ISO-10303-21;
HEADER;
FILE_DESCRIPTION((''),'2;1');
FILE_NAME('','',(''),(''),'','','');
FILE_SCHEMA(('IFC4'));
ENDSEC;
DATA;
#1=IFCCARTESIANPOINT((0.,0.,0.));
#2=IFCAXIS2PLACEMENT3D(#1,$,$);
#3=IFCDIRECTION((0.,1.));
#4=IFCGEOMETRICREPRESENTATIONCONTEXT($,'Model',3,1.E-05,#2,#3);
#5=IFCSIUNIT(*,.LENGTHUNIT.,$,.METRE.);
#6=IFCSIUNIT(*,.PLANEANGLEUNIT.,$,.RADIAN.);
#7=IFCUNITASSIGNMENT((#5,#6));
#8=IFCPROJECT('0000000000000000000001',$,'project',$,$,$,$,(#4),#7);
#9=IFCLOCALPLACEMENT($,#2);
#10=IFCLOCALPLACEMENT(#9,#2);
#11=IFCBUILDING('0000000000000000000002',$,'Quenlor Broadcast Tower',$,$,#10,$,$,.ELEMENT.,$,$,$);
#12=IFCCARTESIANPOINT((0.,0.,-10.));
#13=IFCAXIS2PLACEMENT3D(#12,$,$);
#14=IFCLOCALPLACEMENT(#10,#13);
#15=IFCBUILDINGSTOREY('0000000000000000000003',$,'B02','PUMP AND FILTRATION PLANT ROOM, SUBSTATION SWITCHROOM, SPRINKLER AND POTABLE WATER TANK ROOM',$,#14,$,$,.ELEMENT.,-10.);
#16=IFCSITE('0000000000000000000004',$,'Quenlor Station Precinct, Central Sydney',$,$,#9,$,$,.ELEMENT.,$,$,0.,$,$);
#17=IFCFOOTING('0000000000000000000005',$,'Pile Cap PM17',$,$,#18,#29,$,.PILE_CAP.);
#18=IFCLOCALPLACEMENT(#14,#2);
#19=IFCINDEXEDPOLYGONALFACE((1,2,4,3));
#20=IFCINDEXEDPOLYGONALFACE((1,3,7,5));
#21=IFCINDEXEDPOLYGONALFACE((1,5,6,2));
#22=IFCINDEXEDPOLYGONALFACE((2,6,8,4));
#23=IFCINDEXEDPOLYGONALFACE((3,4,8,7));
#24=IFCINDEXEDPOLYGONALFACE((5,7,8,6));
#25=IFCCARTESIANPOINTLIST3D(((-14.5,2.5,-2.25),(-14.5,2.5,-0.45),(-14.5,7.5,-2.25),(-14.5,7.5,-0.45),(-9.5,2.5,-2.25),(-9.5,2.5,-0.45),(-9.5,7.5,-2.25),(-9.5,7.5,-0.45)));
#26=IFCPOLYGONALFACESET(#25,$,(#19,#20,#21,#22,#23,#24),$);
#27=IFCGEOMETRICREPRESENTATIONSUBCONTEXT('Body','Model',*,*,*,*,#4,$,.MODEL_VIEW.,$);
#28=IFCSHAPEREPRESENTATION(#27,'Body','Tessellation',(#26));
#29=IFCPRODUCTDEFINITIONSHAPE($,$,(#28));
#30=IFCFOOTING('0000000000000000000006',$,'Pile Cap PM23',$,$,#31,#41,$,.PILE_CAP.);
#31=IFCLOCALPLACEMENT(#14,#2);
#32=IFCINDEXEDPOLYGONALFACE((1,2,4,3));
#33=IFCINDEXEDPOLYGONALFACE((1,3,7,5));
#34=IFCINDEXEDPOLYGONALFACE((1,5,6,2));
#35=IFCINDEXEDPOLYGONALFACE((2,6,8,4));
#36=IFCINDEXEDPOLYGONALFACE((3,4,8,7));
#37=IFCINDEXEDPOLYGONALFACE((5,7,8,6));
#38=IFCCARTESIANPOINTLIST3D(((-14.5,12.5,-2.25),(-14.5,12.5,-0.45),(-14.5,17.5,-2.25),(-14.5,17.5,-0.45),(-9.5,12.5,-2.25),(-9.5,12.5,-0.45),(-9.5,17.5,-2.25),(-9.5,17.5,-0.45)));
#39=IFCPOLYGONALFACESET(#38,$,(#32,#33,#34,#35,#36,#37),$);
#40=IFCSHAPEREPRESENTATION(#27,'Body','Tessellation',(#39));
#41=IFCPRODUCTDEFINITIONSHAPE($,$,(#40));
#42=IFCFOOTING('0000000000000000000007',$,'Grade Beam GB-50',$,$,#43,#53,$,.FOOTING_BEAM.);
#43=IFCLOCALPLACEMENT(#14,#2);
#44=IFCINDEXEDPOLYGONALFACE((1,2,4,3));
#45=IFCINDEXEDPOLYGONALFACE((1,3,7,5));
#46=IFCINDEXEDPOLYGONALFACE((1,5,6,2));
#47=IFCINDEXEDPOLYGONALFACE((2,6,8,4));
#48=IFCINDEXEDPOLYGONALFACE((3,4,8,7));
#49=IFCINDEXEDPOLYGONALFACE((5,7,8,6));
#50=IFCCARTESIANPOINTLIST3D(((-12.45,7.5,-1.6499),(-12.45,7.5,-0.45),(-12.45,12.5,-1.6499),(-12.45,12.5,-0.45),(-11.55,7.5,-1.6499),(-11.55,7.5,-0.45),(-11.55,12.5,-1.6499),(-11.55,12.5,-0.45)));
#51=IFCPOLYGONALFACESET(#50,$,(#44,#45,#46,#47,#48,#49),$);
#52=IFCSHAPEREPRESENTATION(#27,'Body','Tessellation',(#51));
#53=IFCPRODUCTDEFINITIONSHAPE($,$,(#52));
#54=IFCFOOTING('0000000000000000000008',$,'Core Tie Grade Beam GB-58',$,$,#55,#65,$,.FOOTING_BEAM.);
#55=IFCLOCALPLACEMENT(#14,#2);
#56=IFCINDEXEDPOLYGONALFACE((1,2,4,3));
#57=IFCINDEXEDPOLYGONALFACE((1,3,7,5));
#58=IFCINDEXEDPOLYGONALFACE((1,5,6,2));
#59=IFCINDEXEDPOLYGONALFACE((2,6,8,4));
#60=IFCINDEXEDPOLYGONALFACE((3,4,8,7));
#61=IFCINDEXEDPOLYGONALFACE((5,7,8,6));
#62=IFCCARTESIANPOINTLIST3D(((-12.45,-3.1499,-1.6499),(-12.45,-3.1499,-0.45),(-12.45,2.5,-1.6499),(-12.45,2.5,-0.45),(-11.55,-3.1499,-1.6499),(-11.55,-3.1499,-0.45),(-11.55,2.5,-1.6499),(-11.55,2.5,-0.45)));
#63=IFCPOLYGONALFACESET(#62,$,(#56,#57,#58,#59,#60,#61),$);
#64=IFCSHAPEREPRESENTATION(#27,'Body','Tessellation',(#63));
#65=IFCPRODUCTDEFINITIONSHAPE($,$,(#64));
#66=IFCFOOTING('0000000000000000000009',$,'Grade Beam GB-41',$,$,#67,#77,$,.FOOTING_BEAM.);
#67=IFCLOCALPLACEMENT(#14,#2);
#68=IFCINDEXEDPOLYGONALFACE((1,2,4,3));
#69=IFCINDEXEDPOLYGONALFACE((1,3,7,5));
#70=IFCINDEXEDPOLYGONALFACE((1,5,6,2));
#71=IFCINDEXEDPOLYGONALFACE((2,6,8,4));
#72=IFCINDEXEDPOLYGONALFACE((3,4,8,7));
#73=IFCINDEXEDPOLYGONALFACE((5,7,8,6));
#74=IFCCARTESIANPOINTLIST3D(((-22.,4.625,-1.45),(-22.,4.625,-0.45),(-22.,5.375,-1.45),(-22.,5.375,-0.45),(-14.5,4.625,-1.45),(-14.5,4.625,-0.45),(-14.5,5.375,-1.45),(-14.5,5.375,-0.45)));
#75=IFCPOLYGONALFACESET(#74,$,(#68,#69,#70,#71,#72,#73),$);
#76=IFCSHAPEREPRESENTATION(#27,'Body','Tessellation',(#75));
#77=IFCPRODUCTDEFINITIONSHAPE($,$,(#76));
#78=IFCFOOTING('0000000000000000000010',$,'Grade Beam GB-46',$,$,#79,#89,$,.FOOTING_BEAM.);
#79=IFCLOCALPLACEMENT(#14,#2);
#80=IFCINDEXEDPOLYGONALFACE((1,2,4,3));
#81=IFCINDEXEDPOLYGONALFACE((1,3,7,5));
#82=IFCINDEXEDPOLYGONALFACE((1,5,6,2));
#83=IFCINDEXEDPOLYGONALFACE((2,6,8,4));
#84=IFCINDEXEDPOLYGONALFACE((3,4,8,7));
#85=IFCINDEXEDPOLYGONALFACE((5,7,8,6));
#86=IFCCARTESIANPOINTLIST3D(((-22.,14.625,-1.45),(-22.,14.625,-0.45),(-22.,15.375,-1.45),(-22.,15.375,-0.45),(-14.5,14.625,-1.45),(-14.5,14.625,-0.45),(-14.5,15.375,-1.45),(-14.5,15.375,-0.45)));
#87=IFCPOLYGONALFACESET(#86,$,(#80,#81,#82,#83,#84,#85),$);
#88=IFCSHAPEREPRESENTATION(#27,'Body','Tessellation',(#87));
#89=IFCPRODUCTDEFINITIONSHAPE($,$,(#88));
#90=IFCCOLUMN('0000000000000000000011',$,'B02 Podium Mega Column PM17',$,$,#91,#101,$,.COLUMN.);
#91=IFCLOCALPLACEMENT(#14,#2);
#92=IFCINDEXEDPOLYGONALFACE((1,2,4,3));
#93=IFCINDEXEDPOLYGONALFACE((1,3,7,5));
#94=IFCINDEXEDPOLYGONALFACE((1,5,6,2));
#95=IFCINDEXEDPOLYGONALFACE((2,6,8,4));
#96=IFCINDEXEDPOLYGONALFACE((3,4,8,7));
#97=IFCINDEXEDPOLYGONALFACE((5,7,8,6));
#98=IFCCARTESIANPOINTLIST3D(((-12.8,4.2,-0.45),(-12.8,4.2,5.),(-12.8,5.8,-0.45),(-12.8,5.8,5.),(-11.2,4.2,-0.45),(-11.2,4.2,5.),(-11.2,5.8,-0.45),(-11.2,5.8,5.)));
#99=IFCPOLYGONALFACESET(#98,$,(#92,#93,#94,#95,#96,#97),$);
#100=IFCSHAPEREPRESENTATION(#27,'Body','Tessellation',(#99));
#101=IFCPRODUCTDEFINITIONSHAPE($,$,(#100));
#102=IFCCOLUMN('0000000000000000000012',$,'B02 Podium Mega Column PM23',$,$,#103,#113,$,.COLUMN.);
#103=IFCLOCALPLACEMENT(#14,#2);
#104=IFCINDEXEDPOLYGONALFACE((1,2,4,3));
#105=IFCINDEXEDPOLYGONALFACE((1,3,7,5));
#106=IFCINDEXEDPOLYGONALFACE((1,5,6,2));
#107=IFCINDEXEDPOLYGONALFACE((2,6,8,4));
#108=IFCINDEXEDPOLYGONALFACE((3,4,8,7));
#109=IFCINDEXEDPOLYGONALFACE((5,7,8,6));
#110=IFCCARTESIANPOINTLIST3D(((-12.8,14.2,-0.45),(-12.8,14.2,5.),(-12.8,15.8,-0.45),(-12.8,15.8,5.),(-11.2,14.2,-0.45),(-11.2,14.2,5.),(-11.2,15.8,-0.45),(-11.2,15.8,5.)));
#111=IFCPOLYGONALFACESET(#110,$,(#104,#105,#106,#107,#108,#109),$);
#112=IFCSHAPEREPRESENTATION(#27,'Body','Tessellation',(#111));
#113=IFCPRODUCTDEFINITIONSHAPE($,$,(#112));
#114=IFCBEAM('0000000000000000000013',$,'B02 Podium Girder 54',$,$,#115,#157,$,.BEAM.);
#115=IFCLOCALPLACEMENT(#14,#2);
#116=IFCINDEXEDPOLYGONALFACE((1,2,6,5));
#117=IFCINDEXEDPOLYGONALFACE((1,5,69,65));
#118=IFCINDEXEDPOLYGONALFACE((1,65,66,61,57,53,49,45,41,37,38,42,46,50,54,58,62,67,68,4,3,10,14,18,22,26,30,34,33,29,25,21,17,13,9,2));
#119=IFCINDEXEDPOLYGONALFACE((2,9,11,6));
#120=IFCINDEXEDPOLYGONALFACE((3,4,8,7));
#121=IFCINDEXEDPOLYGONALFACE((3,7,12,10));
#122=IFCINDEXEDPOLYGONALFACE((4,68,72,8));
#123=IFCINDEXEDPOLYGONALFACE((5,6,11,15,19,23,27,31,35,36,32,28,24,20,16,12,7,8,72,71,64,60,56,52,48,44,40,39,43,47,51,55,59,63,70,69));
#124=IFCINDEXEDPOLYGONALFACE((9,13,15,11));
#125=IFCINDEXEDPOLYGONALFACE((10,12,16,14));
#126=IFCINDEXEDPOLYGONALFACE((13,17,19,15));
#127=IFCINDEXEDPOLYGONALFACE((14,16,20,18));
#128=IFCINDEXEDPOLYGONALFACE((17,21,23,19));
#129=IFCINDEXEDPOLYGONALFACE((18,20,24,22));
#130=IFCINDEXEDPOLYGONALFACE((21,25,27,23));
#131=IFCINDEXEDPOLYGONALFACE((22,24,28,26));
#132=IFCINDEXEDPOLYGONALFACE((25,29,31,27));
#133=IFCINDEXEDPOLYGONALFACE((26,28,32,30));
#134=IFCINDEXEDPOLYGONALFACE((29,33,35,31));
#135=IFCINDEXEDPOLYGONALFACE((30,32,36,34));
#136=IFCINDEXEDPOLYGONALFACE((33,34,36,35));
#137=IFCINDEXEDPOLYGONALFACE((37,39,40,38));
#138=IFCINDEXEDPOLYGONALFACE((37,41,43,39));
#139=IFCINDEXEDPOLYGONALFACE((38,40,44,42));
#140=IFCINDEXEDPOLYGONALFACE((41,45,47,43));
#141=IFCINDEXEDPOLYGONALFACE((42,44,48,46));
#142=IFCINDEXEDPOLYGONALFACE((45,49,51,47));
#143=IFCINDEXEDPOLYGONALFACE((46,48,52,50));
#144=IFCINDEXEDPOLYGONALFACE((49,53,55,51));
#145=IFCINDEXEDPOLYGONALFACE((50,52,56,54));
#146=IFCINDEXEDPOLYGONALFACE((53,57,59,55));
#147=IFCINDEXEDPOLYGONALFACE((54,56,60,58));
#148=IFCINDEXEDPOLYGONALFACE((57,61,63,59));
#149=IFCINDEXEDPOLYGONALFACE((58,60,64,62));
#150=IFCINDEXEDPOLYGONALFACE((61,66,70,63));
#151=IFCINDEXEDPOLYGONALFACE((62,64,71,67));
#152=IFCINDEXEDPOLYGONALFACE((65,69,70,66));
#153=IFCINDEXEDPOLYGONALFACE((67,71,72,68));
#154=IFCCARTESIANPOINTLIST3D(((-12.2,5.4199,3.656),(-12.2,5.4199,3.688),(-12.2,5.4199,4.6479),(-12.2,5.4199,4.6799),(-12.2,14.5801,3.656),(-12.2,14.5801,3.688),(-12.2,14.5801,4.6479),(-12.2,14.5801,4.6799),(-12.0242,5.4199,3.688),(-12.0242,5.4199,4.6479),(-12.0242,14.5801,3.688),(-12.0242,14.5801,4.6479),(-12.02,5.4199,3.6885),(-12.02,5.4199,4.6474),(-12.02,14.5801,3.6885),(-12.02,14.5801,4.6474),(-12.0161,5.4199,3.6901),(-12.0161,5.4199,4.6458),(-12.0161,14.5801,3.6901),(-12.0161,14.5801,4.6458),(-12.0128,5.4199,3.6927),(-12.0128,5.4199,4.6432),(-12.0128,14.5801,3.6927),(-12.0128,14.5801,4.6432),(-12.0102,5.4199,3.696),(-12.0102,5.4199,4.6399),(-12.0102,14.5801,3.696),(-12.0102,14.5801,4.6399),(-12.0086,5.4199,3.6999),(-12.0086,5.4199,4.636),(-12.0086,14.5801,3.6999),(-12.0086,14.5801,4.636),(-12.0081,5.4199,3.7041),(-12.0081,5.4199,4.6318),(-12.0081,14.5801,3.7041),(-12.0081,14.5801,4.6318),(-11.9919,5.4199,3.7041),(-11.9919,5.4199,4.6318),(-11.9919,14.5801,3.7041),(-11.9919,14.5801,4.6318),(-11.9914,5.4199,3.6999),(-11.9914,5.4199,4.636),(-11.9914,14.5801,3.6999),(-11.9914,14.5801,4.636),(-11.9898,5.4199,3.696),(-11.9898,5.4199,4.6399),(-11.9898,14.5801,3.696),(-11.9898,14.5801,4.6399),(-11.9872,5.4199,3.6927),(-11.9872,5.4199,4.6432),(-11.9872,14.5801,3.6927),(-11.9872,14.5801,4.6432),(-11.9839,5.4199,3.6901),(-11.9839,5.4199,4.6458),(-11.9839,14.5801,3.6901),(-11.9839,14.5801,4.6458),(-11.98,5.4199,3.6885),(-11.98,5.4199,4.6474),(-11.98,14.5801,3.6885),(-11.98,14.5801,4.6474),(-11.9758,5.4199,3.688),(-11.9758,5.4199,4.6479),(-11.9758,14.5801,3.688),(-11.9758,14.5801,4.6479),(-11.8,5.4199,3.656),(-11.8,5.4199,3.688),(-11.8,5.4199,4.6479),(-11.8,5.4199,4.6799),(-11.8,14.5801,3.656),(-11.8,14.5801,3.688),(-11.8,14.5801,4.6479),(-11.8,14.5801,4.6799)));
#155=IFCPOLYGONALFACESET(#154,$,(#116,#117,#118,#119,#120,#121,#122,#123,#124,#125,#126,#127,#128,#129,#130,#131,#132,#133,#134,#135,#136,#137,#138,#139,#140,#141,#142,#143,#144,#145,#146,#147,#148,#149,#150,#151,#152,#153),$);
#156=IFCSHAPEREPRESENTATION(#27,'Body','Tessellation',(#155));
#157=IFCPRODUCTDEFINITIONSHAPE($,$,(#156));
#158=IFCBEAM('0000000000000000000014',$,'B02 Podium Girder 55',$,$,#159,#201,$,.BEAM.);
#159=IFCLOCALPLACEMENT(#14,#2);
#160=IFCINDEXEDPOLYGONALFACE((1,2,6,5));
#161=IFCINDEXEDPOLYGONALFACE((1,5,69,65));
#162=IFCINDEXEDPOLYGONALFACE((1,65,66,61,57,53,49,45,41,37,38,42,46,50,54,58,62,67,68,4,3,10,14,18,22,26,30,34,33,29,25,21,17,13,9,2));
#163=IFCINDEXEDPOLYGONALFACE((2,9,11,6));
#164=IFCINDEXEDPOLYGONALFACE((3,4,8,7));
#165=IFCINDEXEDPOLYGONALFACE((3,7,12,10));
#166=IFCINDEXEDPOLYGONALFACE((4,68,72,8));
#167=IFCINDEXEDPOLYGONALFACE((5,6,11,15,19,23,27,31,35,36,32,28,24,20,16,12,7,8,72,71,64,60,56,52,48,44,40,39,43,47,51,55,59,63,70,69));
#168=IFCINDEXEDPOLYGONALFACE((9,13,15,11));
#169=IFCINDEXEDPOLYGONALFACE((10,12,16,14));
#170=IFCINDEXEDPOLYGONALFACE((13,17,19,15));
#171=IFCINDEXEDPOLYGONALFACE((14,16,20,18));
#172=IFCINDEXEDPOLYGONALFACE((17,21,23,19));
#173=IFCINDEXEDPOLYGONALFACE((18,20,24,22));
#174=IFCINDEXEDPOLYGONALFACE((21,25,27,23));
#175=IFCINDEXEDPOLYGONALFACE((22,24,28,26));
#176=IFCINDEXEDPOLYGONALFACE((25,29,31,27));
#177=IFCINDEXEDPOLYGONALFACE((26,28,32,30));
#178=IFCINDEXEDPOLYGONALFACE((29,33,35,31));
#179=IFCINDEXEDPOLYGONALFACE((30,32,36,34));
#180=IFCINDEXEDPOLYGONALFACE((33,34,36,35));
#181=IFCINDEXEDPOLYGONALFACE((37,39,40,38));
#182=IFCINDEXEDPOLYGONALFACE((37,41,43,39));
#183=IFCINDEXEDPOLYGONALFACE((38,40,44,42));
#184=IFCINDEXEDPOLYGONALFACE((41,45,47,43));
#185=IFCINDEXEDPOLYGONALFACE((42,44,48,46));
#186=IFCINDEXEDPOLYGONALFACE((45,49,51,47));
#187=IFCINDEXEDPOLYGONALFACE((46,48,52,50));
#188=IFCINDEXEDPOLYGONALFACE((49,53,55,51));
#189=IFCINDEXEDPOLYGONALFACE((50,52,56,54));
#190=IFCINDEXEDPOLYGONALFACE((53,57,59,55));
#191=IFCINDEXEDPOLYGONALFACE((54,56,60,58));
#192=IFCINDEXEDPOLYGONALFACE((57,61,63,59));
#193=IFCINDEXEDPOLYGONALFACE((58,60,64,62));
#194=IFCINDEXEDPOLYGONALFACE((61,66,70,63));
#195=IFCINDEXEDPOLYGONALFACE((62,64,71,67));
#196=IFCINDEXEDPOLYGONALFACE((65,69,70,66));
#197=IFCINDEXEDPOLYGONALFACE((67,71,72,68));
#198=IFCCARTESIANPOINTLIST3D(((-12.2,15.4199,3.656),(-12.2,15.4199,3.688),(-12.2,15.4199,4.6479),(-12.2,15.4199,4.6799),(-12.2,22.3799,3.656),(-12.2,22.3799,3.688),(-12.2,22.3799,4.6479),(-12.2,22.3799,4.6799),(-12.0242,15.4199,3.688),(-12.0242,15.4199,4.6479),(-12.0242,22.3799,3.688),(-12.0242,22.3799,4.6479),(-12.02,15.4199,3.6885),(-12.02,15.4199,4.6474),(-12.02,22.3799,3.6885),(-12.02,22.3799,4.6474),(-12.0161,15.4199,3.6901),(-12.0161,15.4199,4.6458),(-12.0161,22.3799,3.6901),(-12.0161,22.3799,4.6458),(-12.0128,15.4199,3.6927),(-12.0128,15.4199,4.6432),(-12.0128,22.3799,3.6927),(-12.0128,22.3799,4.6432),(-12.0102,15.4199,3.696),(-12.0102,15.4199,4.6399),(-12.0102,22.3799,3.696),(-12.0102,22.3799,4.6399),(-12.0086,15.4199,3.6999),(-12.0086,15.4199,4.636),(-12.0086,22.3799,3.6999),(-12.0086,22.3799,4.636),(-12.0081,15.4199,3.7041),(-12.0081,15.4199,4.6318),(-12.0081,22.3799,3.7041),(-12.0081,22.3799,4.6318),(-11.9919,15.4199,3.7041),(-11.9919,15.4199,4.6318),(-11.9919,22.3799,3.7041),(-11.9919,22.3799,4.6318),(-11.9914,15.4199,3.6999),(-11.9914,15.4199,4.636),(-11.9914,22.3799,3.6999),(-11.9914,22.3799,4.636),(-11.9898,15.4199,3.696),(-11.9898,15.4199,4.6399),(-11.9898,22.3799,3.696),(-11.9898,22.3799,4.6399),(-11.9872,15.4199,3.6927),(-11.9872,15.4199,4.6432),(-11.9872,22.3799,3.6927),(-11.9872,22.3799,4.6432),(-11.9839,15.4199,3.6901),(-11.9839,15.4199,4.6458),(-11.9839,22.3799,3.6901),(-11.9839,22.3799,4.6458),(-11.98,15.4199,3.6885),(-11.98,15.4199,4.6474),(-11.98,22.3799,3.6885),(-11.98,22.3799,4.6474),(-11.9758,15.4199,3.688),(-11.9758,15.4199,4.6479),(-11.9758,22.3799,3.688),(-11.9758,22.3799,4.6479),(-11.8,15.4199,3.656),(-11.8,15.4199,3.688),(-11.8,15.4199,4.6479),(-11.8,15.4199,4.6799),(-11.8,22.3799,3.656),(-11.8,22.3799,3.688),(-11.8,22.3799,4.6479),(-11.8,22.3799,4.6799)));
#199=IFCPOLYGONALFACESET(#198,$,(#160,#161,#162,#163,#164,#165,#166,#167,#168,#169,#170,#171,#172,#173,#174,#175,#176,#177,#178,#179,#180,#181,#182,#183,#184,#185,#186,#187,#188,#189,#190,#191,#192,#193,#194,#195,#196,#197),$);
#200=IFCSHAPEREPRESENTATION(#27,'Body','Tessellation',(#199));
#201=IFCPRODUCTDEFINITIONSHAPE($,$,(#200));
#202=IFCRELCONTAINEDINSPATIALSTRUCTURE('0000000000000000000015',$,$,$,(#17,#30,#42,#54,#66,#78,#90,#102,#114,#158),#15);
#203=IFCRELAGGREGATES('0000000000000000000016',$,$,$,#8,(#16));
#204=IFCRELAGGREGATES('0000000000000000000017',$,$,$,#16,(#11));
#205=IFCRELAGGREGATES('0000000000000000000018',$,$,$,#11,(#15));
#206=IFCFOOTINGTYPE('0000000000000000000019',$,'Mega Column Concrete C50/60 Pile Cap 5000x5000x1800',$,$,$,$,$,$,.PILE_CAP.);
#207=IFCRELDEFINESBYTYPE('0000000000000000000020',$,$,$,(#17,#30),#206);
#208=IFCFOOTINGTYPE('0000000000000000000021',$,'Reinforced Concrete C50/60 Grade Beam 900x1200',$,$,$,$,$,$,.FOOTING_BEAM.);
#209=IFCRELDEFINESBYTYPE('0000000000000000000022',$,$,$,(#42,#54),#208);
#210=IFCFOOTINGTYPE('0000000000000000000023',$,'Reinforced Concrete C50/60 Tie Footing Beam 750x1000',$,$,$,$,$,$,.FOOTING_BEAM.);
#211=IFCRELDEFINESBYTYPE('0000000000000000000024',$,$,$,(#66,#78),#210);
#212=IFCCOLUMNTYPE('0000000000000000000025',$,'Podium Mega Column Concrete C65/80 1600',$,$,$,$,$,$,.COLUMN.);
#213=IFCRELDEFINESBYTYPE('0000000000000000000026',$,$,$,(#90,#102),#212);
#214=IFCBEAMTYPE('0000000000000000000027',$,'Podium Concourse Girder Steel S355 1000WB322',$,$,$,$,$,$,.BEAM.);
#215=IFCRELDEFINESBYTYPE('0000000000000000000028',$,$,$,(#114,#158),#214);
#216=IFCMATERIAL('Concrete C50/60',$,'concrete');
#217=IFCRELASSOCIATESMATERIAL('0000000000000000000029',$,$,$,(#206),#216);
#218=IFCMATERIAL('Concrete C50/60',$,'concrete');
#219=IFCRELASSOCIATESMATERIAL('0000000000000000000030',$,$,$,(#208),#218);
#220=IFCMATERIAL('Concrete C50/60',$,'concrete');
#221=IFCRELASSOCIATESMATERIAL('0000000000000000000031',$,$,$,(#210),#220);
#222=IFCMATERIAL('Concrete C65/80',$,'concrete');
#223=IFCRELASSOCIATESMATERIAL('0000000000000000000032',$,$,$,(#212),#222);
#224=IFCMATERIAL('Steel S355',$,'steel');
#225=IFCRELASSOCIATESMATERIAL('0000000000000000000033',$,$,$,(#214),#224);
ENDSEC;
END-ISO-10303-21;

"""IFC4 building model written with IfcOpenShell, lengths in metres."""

from ifc_helpers import new_model, si_unit, direction, frame, origin, origin_2d, place, context, subcontext, project, spatial, rectangle, i_section, extrude, material, material_profile, profile_set, type_object, element, save


model = new_model("IFC4")

# Units and contexts
model_context = context("Model", 3, precision=1e-05, world=origin(), true_north=direction((0.0, 1.0)))
body_context = subcontext(model_context, "Body", "Model", "MODEL_VIEW")
ifc_project = project(units=[si_unit("LENGTHUNIT", "METRE"), si_unit("PLANEANGLEUNIT", "RADIAN")], contexts=[model_context])

# Site, building, storey
site_placement = place(None, origin())
site = spatial("IfcSite", under=ifc_project, at=site_placement, Name="Quenlor Station Precinct, Central Sydney", CompositionType="ELEMENT", RefElevation=0.0)
building_placement = place(site_placement, origin())
building = spatial("IfcBuilding", under=site, at=building_placement, Name="Quenlor Broadcast Tower", CompositionType="ELEMENT")
storey_placement = place(building_placement, frame((0.0, 0.0, -10.0)))
storey = spatial("IfcBuildingStorey", under=building, at=storey_placement, Name="B02", Description="PUMP AND FILTRATION PLANT ROOM, SUBSTATION SWITCHROOM, SPRINKLER AND POTABLE WATER TANK ROOM", CompositionType="ELEMENT", Elevation=-10.0)

# Footings
ifc_material_1 = material(Name="Concrete C50/60", Category="concrete")
footing_type_1 = type_object("IfcFootingType", Name="Mega Column Concrete C50/60 Pile Cap 5000x5000x1800", PredefinedType="PILE_CAP", material=ifc_material_1)
for number, where, z_axis, x_axis, name in (
    (1, (-12.0, 5.0, -2.25), (0.0, 0.0, 1.0), (1.0, 0.0, 0.0), "Pile Cap PM17"),
    (2, (-12.0, 15.0, -2.25), (0.0, 0.0, 1.0), (1.0, 0.0, 0.0), "Pile Cap PM23"),
):
    element("IfcFooting", number, at=place(storey_placement, frame(where, z_axis=z_axis, x_axis=x_axis)), inside=storey, type_object=footing_type_1, Name=name, PredefinedType="PILE_CAP", context=body_context, shape_type="SweptSolid", body=[
        extrude(rectangle(XDim=5.0, YDim=5.0, at=origin_2d()), origin(), (0.0, 0.0, 1.0), 1.8),
    ])
ifc_material_2 = material(Name="Concrete C50/60", Category="concrete")
footing_type_2 = type_object("IfcFootingType", Name="Reinforced Concrete C50/60 Grade Beam 900x1200", PredefinedType="FOOTING_BEAM", material=ifc_material_2)
footing_1_placement = place(storey_placement, frame((-12.0, 10.0, -1.6499), z_axis=(0.0, 0.0, 1.0), x_axis=(0.0, 1.0, 0.0)))
element("IfcFooting", 3, at=footing_1_placement, inside=storey, type_object=footing_type_2, Name="Grade Beam GB-50", PredefinedType="FOOTING_BEAM", context=body_context, shape_type="SweptSolid", body=[
    extrude(rectangle(XDim=5.0, YDim=0.8999, at=origin_2d()), origin(), (0.0, 0.0, 1.0), 1.2),
])
footing_2_placement = place(storey_placement, frame((-12.0, -0.325, -1.6499), z_axis=(0.0, 0.0, 1.0), x_axis=(0.0, -1.0, 0.0)))
element("IfcFooting", 4, at=footing_2_placement, inside=storey, type_object=footing_type_2, Name="Core Tie Grade Beam GB-58", PredefinedType="FOOTING_BEAM", context=body_context, shape_type="SweptSolid", body=[
    extrude(rectangle(XDim=5.6499, YDim=0.8999, at=origin_2d()), origin(), (0.0, 0.0, 1.0), 1.2),
])
ifc_material_3 = material(Name="Concrete C50/60", Category="concrete")
footing_type_3 = type_object("IfcFootingType", Name="Reinforced Concrete C50/60 Tie Footing Beam 750x1000", PredefinedType="FOOTING_BEAM", material=ifc_material_3)
for number, where, z_axis, x_axis, name in (
    (5, (-18.25, 5.0, -1.45), (0.0, 0.0, 1.0), (1.0, 0.0, 0.0), "Grade Beam GB-41"),
    (6, (-18.25, 15.0, -1.45), (0.0, 0.0, 1.0), (1.0, 0.0, 0.0), "Grade Beam GB-46"),
):
    element("IfcFooting", number, at=place(storey_placement, frame(where, z_axis=z_axis, x_axis=x_axis)), inside=storey, type_object=footing_type_3, Name=name, PredefinedType="FOOTING_BEAM", context=body_context, shape_type="SweptSolid", body=[
        extrude(rectangle(XDim=7.5, YDim=0.75, at=origin_2d()), origin(), (0.0, 0.0, 1.0), 1.0),
    ])

# Columns
ifc_material_4 = material(Name="Concrete C65/80", Category="concrete")
ifc_material_profile_1 = material_profile(ifc_material_4, rectangle(XDim=1.6001, YDim=1.6001, at=origin_2d()))
ifc_profile_set_1 = profile_set([ifc_material_profile_1], Name="Concrete C65/80 RC1600x1600")
column_type = type_object("IfcColumnType", Name="Podium Mega Column Concrete C65/80 1600", PredefinedType="COLUMN", material=ifc_profile_set_1)
for number, where, z_axis, x_axis, name in (
    (7, (-12.0, 5.0, -0.45), (0.0, 0.0, 1.0), (1.0, 0.0, 0.0), "B02 Podium Mega Column PM17"),
    (8, (-12.0, 15.0, -0.45), (0.0, 0.0, 1.0), (1.0, 0.0, 0.0), "B02 Podium Mega Column PM23"),
):
    element("IfcColumn", number, at=place(storey_placement, frame(where, z_axis=z_axis, x_axis=x_axis)), inside=storey, type_object=column_type, Name=name, PredefinedType="COLUMN", context=body_context, shape_type="SweptSolid", body=[
        extrude(rectangle(XDim=1.6001, YDim=1.6001, at=origin_2d()), origin(), (0.0, 0.0, 1.0), 5.45),
    ])

# Beams
ifc_material_5 = material(Name="Steel S355", Category="steel")
ifc_material_profile_2 = material_profile(ifc_material_5, i_section(OverallWidth=0.3999, OverallDepth=1.0239, WebThickness=0.0161, FlangeThickness=0.032, FilletRadius=0.0161, at=origin_2d()))
ifc_profile_set_2 = profile_set([ifc_material_profile_2], Name="Steel S355 1000WB322")
beam_type_1 = type_object("IfcBeamType", Name="Podium Concourse Girder Steel S355 1000WB322", PredefinedType="BEAM", material=ifc_profile_set_2)
beam_1_placement = place(storey_placement, frame((-12.0, 5.4199, 4.168), z_axis=(0.0, 1.0, 0.0), x_axis=(-1.0, 0.0, 0.0)))
element("IfcBeam", 9, at=beam_1_placement, inside=storey, type_object=beam_type_1, Name="B02 Podium Girder 54", PredefinedType="BEAM", context=body_context, shape_type="SweptSolid", body=[
    extrude(i_section(OverallWidth=0.3999, OverallDepth=1.0239, WebThickness=0.0161, FlangeThickness=0.032, FilletRadius=0.0161, at=origin_2d()), origin(), (0.0, 0.0, 1.0), 9.1602),
])
beam_2_placement = place(storey_placement, frame((-12.0, 15.4199, 4.168), z_axis=(0.0, 1.0, 0.0), x_axis=(-1.0, 0.0, 0.0)))
element("IfcBeam", 10, at=beam_2_placement, inside=storey, type_object=beam_type_1, Name="B02 Podium Girder 55", PredefinedType="BEAM", context=body_context, shape_type="SweptSolid", body=[
    extrude(i_section(OverallWidth=0.3999, OverallDepth=1.0239, WebThickness=0.0161, FlangeThickness=0.032, FilletRadius=0.0161, at=origin_2d()), origin(), (0.0, 0.0, 1.0), 6.96),
])

save(model, "model.ifc")
